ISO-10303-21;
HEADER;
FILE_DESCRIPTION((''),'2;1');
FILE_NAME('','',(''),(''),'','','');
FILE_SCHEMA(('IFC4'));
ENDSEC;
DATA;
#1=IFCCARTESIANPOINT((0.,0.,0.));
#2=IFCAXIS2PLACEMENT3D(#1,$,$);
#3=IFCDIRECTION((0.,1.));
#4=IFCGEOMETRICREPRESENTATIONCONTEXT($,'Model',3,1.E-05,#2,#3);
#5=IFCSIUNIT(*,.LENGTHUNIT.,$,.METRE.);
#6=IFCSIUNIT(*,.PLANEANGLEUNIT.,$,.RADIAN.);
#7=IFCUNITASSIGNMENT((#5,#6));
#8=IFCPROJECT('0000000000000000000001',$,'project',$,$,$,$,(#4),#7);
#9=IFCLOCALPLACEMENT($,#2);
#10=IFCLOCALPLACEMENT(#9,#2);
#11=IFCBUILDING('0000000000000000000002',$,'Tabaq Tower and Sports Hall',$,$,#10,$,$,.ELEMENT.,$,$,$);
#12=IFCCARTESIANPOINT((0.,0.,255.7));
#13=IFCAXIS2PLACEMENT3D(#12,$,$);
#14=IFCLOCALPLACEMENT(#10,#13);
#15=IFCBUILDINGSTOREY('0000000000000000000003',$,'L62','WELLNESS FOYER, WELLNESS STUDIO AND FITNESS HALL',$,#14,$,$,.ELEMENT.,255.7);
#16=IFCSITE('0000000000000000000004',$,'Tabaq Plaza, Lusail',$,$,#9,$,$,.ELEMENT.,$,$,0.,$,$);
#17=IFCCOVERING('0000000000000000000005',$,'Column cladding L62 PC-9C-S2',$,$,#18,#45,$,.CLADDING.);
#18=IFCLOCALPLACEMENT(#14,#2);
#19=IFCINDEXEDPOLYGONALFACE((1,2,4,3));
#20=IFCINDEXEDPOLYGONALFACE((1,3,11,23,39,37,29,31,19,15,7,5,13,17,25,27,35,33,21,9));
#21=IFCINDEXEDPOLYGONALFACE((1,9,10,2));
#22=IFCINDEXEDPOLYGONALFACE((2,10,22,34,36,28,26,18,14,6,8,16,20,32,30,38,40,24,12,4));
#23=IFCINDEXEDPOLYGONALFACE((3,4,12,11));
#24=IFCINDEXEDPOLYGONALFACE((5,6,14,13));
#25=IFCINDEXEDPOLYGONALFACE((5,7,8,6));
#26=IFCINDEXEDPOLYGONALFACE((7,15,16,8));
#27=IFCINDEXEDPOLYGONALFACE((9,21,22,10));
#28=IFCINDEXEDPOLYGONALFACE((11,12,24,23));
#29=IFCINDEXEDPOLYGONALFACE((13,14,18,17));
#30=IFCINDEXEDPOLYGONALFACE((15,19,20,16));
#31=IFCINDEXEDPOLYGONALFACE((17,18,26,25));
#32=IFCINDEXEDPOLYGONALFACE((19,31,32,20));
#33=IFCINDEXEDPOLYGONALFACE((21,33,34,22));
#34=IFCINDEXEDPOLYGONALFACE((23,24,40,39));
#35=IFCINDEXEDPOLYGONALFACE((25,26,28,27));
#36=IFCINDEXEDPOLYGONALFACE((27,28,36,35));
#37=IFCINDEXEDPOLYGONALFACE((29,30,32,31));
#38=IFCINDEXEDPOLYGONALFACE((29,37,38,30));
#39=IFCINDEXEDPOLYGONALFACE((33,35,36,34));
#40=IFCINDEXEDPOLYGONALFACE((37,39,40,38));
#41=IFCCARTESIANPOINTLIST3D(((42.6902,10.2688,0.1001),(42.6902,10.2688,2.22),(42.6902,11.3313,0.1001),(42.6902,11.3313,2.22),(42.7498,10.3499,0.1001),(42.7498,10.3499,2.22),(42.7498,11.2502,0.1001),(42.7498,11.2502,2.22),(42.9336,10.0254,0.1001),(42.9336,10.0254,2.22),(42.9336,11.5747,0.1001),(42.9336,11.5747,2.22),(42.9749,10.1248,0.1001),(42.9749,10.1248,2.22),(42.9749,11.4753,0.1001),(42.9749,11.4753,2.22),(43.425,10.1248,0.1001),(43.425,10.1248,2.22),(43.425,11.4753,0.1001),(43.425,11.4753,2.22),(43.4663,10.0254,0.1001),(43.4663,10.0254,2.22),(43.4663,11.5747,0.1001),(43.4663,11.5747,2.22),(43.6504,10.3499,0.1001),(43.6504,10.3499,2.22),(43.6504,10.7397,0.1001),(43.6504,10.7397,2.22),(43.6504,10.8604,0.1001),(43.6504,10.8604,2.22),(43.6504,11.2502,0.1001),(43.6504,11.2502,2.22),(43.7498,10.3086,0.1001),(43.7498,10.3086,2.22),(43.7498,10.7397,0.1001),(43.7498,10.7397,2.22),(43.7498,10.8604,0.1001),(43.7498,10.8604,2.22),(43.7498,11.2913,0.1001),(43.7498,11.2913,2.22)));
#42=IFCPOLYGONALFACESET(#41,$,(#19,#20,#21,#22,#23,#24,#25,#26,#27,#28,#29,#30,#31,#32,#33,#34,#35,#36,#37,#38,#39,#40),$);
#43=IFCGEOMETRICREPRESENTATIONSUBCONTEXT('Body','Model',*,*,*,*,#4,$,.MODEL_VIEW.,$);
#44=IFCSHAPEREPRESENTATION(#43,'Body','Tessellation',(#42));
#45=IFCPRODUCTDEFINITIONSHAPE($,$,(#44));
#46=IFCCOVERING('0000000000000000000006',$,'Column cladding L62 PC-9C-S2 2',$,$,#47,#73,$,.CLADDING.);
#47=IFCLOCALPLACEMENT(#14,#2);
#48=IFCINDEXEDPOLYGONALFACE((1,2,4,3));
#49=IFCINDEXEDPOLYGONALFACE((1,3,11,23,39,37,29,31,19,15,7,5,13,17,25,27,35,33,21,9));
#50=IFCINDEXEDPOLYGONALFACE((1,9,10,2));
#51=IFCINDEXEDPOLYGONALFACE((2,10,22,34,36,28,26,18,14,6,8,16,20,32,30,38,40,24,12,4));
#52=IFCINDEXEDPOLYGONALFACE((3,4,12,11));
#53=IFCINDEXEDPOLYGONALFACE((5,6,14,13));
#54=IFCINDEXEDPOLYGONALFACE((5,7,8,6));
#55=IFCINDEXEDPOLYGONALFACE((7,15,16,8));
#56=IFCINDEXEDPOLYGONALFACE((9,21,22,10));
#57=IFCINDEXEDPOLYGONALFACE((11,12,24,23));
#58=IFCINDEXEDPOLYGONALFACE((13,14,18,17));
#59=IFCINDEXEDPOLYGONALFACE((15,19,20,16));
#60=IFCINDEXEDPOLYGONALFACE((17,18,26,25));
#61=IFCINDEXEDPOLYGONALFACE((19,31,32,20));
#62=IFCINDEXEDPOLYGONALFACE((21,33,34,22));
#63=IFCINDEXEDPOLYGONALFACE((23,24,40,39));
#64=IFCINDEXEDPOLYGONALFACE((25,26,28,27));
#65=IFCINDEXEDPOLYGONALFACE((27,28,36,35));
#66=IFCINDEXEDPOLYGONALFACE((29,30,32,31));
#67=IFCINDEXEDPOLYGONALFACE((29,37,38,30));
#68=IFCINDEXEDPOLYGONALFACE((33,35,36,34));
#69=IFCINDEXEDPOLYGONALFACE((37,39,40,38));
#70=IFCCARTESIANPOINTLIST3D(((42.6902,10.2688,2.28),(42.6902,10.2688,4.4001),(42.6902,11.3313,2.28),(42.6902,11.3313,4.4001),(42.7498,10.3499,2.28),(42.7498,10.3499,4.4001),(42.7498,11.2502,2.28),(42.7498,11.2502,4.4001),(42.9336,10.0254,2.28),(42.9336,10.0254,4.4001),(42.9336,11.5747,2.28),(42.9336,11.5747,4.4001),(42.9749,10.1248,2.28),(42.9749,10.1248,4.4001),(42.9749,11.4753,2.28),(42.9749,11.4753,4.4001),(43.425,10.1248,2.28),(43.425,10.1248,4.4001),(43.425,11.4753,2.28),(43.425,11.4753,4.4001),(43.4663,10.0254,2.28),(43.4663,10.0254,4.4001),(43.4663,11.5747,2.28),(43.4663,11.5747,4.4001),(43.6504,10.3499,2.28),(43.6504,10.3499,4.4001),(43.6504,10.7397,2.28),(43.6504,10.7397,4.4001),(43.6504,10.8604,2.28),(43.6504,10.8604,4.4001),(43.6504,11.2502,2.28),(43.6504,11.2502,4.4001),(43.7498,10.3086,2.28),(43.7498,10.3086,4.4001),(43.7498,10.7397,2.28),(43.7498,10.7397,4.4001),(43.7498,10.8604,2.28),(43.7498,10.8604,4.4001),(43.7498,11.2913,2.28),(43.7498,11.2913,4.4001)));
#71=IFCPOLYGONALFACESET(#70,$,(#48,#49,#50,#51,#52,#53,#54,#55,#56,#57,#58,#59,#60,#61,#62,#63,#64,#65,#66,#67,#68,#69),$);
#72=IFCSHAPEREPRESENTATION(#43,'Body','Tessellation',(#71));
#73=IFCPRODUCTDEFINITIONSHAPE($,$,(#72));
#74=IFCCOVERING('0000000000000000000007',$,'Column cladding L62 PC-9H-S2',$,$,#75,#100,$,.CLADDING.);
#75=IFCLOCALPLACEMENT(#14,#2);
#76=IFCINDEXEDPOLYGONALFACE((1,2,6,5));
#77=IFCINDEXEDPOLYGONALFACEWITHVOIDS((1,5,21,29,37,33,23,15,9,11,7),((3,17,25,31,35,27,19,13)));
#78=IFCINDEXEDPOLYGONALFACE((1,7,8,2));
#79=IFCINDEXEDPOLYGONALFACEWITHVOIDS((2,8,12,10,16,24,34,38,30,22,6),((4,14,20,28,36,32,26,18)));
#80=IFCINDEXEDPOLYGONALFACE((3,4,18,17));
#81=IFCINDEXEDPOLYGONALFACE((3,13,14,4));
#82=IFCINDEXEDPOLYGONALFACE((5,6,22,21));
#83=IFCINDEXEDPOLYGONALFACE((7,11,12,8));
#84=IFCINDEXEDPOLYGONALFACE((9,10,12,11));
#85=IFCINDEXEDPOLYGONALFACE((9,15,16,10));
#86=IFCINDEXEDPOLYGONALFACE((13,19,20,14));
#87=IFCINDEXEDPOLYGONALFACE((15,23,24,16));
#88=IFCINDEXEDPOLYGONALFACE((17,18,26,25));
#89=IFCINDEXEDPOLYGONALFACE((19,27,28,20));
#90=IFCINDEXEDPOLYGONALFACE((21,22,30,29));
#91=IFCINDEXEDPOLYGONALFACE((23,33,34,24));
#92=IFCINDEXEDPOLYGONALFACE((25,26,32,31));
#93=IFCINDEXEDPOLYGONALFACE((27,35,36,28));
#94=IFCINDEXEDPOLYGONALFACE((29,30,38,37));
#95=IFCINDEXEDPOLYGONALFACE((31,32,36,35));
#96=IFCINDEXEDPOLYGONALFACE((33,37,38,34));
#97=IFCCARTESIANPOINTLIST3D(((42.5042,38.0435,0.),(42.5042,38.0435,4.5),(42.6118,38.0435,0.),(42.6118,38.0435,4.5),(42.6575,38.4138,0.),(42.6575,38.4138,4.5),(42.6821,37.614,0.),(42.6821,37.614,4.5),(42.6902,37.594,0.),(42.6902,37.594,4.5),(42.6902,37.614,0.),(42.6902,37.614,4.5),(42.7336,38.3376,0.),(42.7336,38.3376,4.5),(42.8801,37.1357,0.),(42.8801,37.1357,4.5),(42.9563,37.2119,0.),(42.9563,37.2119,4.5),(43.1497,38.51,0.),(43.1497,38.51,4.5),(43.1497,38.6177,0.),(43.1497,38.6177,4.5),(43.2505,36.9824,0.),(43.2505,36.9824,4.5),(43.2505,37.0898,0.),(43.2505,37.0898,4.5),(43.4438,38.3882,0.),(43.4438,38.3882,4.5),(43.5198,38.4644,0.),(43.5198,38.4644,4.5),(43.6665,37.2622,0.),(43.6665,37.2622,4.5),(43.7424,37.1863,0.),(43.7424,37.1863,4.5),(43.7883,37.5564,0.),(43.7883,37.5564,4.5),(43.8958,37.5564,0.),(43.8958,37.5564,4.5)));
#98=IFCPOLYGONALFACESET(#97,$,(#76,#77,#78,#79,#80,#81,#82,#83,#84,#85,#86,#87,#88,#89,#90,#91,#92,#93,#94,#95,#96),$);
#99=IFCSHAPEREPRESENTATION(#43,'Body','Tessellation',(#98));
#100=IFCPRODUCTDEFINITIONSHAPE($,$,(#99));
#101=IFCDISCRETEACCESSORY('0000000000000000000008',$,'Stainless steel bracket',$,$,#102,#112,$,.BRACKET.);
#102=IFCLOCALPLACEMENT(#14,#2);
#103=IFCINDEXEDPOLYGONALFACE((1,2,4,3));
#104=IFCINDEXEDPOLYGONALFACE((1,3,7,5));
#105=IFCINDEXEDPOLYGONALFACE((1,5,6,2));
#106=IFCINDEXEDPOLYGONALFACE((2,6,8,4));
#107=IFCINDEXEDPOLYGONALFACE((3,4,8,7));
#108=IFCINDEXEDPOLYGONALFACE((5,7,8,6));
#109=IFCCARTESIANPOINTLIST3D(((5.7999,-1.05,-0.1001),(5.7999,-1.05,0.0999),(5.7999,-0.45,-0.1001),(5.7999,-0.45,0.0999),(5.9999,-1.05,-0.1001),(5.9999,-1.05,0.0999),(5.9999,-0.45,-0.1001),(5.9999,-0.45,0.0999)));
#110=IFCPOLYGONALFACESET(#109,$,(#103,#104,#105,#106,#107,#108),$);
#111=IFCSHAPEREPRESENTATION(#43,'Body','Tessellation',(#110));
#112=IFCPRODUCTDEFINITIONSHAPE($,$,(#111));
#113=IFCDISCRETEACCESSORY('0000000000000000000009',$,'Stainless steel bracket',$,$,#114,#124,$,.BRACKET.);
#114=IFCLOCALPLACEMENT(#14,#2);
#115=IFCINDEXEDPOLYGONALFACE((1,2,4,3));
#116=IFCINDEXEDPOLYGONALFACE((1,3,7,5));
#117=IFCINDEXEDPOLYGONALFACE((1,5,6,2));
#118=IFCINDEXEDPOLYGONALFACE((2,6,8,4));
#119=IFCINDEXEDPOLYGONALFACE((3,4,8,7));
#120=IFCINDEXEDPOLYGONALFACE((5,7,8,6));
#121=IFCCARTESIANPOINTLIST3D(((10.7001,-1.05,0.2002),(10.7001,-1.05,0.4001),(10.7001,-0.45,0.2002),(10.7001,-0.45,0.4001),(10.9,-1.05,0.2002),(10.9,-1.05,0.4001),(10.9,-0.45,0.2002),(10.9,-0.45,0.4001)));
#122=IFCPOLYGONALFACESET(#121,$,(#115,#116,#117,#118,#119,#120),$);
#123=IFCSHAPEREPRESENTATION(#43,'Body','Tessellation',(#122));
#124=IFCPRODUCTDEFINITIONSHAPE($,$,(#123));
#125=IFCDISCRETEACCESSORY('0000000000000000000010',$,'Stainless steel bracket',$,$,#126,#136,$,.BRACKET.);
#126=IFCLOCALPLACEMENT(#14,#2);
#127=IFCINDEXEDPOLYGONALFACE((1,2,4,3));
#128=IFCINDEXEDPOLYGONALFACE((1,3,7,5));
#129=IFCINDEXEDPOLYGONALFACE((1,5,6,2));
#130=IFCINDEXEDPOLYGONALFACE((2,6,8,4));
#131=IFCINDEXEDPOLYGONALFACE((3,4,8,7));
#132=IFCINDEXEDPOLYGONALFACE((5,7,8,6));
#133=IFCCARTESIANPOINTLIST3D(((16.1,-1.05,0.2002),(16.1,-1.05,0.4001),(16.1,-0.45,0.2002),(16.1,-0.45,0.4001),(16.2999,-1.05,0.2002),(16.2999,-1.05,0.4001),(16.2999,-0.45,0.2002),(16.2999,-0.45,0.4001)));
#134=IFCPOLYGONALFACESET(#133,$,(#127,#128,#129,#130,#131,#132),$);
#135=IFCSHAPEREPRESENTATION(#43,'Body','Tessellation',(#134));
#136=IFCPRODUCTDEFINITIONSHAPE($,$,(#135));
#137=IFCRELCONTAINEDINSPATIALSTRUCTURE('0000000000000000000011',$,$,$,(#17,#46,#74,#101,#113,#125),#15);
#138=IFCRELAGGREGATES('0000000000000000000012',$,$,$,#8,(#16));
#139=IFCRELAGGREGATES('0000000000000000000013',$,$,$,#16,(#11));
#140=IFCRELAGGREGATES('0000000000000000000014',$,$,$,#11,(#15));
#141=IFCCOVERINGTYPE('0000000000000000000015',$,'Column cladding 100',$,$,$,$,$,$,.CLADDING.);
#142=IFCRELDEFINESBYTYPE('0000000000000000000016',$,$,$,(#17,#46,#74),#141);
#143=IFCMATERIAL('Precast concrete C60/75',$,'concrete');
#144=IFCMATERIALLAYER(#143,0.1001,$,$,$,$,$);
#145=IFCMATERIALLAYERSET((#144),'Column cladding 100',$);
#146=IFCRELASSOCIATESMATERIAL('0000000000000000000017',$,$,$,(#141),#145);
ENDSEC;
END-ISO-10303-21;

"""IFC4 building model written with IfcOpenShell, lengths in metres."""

from ifc_helpers import new_model, si_unit, direction, frame, origin, origin_2d, place, context, subcontext, project, spatial, polyline, rectangle, outline, extrude, material, layer, layer_set, type_object, element, save


model = new_model("IFC4")

# Units and contexts
model_context = context("Model", 3, precision=1e-05, world=origin(), true_north=direction((0.0, 1.0)))
body_context = subcontext(model_context, "Body", "Model", "MODEL_VIEW")
ifc_project = project(units=[si_unit("LENGTHUNIT", "METRE"), si_unit("PLANEANGLEUNIT", "RADIAN")], contexts=[model_context])

# Site, building, storey
site_placement = place(None, origin())
site = spatial("IfcSite", under=ifc_project, at=site_placement, Name="Tabaq Plaza, Lusail", CompositionType="ELEMENT", RefElevation=0.0)
building_placement = place(site_placement, origin())
building = spatial("IfcBuilding", under=site, at=building_placement, Name="Tabaq Tower and Sports Hall", CompositionType="ELEMENT")
storey_placement = place(building_placement, frame((0.0, 0.0, 255.7)))
storey = spatial("IfcBuildingStorey", under=building, at=storey_placement, Name="L62", Description="WELLNESS FOYER, WELLNESS STUDIO AND FITNESS HALL", CompositionType="ELEMENT", Elevation=255.7)

# Coverings
ifc_material_1 = material(Name="Precast concrete C60/75", Category="concrete")
ifc_layer_1 = layer(ifc_material_1, 0.1001)
ifc_layer_set_1 = layer_set([ifc_layer_1], Name="Column cladding 100")
covering_type = type_object("IfcCoveringType", Name="Column cladding 100", PredefinedType="CLADDING", material=ifc_layer_set_1)
covering_1_placement = place(storey_placement, frame((0.0, 0.0, 0.1001)))
element("IfcCovering", 1, at=covering_1_placement, inside=storey, type_object=covering_type, Name="Column cladding L62 PC-9C-S2", PredefinedType="CLADDING", context=body_context, shape_type="SweptSolid", body=[
    extrude(outline(polyline([(42.9336, 10.0254), (42.6902, 10.2688), (42.6902, 11.3313), (42.9336, 11.5747), (43.4663, 11.5747), (43.7498, 11.2913), (43.7498, 10.8604), (43.6504, 10.8604), (43.6504, 11.2502), (43.425, 11.4753), (42.9749, 11.4753), (42.7498, 11.2502), (42.7498, 10.3499), (42.9749, 10.1248), (43.425, 10.1248), (43.6504, 10.3499), (43.6504, 10.7397), (43.7498, 10.7397), (43.7498, 10.3086), (43.4663, 10.0254), (42.9336, 10.0254)])), origin(), (0.0, 0.0, 1.0), 2.1199),
])
covering_2_placement = place(storey_placement, frame((0.0, 0.0, 2.28)))
element("IfcCovering", 2, at=covering_2_placement, inside=storey, type_object=covering_type, Name="Column cladding L62 PC-9C-S2 2", PredefinedType="CLADDING", context=body_context, shape_type="SweptSolid", body=[
    extrude(outline(polyline([(42.9336, 10.0254), (42.6902, 10.2688), (42.6902, 11.3313), (42.9336, 11.5747), (43.4663, 11.5747), (43.7498, 11.2913), (43.7498, 10.8604), (43.6504, 10.8604), (43.6504, 11.2502), (43.425, 11.4753), (42.9749, 11.4753), (42.7498, 11.2502), (42.7498, 10.3499), (42.9749, 10.1248), (43.425, 10.1248), (43.6504, 10.3499), (43.6504, 10.7397), (43.7498, 10.7397), (43.7498, 10.3086), (43.4663, 10.0254), (42.9336, 10.0254)])), origin(), (0.0, 0.0, 1.0), 2.1201),
])
covering_3_placement = place(storey_placement, origin())
element("IfcCovering", 3, at=covering_3_placement, inside=storey, type_object=covering_type, Name="Column cladding L62 PC-9H-S2", PredefinedType="CLADDING", context=body_context, shape_type="SweptSolid", body=[
    extrude(outline(polyline([(43.2505, 36.9824), (42.8801, 37.1357), (42.6902, 37.594), (42.6902, 37.614), (42.6821, 37.614), (42.5042, 38.0435), (42.6575, 38.4138), (43.1497, 38.6177), (43.5198, 38.4644), (43.8958, 37.5564), (43.7424, 37.1863), (43.2505, 36.9824)]), holes=[polyline([(43.1497, 38.51), (42.7336, 38.3376), (42.6118, 38.0435), (42.9563, 37.2119), (43.2505, 37.0898), (43.6665, 37.2622), (43.7883, 37.5564), (43.4438, 38.3882), (43.1497, 38.51)])]), origin(), (0.0, 0.0, 1.0), 4.5),
])

# Discrete accessories
for number, where, z_axis, x_axis, name in (
    (4, (5.8999, -0.75, -0.1001), (0.0, 0.0, 1.0), (0.0, -1.0, 0.0), "Stainless steel bracket"),
    (5, (10.8, -0.75, 0.2002), (0.0, 0.0, 1.0), (0.0, -1.0, 0.0), "Stainless steel bracket"),
    (6, (16.2, -0.75, 0.2002), (0.0, 0.0, 1.0), (0.0, -1.0, 0.0), "Stainless steel bracket"),
):
    element("IfcDiscreteAccessory", number, at=place(storey_placement, frame(where, z_axis=z_axis, x_axis=x_axis)), inside=storey, Name=name, PredefinedType="BRACKET", context=body_context, shape_type="SweptSolid", body=[
        extrude(rectangle(XDim=0.6001, YDim=0.2, at=origin_2d()), origin(), (0.0, 0.0, 1.0), 0.2),
    ])

save(model, "model.ifc")
